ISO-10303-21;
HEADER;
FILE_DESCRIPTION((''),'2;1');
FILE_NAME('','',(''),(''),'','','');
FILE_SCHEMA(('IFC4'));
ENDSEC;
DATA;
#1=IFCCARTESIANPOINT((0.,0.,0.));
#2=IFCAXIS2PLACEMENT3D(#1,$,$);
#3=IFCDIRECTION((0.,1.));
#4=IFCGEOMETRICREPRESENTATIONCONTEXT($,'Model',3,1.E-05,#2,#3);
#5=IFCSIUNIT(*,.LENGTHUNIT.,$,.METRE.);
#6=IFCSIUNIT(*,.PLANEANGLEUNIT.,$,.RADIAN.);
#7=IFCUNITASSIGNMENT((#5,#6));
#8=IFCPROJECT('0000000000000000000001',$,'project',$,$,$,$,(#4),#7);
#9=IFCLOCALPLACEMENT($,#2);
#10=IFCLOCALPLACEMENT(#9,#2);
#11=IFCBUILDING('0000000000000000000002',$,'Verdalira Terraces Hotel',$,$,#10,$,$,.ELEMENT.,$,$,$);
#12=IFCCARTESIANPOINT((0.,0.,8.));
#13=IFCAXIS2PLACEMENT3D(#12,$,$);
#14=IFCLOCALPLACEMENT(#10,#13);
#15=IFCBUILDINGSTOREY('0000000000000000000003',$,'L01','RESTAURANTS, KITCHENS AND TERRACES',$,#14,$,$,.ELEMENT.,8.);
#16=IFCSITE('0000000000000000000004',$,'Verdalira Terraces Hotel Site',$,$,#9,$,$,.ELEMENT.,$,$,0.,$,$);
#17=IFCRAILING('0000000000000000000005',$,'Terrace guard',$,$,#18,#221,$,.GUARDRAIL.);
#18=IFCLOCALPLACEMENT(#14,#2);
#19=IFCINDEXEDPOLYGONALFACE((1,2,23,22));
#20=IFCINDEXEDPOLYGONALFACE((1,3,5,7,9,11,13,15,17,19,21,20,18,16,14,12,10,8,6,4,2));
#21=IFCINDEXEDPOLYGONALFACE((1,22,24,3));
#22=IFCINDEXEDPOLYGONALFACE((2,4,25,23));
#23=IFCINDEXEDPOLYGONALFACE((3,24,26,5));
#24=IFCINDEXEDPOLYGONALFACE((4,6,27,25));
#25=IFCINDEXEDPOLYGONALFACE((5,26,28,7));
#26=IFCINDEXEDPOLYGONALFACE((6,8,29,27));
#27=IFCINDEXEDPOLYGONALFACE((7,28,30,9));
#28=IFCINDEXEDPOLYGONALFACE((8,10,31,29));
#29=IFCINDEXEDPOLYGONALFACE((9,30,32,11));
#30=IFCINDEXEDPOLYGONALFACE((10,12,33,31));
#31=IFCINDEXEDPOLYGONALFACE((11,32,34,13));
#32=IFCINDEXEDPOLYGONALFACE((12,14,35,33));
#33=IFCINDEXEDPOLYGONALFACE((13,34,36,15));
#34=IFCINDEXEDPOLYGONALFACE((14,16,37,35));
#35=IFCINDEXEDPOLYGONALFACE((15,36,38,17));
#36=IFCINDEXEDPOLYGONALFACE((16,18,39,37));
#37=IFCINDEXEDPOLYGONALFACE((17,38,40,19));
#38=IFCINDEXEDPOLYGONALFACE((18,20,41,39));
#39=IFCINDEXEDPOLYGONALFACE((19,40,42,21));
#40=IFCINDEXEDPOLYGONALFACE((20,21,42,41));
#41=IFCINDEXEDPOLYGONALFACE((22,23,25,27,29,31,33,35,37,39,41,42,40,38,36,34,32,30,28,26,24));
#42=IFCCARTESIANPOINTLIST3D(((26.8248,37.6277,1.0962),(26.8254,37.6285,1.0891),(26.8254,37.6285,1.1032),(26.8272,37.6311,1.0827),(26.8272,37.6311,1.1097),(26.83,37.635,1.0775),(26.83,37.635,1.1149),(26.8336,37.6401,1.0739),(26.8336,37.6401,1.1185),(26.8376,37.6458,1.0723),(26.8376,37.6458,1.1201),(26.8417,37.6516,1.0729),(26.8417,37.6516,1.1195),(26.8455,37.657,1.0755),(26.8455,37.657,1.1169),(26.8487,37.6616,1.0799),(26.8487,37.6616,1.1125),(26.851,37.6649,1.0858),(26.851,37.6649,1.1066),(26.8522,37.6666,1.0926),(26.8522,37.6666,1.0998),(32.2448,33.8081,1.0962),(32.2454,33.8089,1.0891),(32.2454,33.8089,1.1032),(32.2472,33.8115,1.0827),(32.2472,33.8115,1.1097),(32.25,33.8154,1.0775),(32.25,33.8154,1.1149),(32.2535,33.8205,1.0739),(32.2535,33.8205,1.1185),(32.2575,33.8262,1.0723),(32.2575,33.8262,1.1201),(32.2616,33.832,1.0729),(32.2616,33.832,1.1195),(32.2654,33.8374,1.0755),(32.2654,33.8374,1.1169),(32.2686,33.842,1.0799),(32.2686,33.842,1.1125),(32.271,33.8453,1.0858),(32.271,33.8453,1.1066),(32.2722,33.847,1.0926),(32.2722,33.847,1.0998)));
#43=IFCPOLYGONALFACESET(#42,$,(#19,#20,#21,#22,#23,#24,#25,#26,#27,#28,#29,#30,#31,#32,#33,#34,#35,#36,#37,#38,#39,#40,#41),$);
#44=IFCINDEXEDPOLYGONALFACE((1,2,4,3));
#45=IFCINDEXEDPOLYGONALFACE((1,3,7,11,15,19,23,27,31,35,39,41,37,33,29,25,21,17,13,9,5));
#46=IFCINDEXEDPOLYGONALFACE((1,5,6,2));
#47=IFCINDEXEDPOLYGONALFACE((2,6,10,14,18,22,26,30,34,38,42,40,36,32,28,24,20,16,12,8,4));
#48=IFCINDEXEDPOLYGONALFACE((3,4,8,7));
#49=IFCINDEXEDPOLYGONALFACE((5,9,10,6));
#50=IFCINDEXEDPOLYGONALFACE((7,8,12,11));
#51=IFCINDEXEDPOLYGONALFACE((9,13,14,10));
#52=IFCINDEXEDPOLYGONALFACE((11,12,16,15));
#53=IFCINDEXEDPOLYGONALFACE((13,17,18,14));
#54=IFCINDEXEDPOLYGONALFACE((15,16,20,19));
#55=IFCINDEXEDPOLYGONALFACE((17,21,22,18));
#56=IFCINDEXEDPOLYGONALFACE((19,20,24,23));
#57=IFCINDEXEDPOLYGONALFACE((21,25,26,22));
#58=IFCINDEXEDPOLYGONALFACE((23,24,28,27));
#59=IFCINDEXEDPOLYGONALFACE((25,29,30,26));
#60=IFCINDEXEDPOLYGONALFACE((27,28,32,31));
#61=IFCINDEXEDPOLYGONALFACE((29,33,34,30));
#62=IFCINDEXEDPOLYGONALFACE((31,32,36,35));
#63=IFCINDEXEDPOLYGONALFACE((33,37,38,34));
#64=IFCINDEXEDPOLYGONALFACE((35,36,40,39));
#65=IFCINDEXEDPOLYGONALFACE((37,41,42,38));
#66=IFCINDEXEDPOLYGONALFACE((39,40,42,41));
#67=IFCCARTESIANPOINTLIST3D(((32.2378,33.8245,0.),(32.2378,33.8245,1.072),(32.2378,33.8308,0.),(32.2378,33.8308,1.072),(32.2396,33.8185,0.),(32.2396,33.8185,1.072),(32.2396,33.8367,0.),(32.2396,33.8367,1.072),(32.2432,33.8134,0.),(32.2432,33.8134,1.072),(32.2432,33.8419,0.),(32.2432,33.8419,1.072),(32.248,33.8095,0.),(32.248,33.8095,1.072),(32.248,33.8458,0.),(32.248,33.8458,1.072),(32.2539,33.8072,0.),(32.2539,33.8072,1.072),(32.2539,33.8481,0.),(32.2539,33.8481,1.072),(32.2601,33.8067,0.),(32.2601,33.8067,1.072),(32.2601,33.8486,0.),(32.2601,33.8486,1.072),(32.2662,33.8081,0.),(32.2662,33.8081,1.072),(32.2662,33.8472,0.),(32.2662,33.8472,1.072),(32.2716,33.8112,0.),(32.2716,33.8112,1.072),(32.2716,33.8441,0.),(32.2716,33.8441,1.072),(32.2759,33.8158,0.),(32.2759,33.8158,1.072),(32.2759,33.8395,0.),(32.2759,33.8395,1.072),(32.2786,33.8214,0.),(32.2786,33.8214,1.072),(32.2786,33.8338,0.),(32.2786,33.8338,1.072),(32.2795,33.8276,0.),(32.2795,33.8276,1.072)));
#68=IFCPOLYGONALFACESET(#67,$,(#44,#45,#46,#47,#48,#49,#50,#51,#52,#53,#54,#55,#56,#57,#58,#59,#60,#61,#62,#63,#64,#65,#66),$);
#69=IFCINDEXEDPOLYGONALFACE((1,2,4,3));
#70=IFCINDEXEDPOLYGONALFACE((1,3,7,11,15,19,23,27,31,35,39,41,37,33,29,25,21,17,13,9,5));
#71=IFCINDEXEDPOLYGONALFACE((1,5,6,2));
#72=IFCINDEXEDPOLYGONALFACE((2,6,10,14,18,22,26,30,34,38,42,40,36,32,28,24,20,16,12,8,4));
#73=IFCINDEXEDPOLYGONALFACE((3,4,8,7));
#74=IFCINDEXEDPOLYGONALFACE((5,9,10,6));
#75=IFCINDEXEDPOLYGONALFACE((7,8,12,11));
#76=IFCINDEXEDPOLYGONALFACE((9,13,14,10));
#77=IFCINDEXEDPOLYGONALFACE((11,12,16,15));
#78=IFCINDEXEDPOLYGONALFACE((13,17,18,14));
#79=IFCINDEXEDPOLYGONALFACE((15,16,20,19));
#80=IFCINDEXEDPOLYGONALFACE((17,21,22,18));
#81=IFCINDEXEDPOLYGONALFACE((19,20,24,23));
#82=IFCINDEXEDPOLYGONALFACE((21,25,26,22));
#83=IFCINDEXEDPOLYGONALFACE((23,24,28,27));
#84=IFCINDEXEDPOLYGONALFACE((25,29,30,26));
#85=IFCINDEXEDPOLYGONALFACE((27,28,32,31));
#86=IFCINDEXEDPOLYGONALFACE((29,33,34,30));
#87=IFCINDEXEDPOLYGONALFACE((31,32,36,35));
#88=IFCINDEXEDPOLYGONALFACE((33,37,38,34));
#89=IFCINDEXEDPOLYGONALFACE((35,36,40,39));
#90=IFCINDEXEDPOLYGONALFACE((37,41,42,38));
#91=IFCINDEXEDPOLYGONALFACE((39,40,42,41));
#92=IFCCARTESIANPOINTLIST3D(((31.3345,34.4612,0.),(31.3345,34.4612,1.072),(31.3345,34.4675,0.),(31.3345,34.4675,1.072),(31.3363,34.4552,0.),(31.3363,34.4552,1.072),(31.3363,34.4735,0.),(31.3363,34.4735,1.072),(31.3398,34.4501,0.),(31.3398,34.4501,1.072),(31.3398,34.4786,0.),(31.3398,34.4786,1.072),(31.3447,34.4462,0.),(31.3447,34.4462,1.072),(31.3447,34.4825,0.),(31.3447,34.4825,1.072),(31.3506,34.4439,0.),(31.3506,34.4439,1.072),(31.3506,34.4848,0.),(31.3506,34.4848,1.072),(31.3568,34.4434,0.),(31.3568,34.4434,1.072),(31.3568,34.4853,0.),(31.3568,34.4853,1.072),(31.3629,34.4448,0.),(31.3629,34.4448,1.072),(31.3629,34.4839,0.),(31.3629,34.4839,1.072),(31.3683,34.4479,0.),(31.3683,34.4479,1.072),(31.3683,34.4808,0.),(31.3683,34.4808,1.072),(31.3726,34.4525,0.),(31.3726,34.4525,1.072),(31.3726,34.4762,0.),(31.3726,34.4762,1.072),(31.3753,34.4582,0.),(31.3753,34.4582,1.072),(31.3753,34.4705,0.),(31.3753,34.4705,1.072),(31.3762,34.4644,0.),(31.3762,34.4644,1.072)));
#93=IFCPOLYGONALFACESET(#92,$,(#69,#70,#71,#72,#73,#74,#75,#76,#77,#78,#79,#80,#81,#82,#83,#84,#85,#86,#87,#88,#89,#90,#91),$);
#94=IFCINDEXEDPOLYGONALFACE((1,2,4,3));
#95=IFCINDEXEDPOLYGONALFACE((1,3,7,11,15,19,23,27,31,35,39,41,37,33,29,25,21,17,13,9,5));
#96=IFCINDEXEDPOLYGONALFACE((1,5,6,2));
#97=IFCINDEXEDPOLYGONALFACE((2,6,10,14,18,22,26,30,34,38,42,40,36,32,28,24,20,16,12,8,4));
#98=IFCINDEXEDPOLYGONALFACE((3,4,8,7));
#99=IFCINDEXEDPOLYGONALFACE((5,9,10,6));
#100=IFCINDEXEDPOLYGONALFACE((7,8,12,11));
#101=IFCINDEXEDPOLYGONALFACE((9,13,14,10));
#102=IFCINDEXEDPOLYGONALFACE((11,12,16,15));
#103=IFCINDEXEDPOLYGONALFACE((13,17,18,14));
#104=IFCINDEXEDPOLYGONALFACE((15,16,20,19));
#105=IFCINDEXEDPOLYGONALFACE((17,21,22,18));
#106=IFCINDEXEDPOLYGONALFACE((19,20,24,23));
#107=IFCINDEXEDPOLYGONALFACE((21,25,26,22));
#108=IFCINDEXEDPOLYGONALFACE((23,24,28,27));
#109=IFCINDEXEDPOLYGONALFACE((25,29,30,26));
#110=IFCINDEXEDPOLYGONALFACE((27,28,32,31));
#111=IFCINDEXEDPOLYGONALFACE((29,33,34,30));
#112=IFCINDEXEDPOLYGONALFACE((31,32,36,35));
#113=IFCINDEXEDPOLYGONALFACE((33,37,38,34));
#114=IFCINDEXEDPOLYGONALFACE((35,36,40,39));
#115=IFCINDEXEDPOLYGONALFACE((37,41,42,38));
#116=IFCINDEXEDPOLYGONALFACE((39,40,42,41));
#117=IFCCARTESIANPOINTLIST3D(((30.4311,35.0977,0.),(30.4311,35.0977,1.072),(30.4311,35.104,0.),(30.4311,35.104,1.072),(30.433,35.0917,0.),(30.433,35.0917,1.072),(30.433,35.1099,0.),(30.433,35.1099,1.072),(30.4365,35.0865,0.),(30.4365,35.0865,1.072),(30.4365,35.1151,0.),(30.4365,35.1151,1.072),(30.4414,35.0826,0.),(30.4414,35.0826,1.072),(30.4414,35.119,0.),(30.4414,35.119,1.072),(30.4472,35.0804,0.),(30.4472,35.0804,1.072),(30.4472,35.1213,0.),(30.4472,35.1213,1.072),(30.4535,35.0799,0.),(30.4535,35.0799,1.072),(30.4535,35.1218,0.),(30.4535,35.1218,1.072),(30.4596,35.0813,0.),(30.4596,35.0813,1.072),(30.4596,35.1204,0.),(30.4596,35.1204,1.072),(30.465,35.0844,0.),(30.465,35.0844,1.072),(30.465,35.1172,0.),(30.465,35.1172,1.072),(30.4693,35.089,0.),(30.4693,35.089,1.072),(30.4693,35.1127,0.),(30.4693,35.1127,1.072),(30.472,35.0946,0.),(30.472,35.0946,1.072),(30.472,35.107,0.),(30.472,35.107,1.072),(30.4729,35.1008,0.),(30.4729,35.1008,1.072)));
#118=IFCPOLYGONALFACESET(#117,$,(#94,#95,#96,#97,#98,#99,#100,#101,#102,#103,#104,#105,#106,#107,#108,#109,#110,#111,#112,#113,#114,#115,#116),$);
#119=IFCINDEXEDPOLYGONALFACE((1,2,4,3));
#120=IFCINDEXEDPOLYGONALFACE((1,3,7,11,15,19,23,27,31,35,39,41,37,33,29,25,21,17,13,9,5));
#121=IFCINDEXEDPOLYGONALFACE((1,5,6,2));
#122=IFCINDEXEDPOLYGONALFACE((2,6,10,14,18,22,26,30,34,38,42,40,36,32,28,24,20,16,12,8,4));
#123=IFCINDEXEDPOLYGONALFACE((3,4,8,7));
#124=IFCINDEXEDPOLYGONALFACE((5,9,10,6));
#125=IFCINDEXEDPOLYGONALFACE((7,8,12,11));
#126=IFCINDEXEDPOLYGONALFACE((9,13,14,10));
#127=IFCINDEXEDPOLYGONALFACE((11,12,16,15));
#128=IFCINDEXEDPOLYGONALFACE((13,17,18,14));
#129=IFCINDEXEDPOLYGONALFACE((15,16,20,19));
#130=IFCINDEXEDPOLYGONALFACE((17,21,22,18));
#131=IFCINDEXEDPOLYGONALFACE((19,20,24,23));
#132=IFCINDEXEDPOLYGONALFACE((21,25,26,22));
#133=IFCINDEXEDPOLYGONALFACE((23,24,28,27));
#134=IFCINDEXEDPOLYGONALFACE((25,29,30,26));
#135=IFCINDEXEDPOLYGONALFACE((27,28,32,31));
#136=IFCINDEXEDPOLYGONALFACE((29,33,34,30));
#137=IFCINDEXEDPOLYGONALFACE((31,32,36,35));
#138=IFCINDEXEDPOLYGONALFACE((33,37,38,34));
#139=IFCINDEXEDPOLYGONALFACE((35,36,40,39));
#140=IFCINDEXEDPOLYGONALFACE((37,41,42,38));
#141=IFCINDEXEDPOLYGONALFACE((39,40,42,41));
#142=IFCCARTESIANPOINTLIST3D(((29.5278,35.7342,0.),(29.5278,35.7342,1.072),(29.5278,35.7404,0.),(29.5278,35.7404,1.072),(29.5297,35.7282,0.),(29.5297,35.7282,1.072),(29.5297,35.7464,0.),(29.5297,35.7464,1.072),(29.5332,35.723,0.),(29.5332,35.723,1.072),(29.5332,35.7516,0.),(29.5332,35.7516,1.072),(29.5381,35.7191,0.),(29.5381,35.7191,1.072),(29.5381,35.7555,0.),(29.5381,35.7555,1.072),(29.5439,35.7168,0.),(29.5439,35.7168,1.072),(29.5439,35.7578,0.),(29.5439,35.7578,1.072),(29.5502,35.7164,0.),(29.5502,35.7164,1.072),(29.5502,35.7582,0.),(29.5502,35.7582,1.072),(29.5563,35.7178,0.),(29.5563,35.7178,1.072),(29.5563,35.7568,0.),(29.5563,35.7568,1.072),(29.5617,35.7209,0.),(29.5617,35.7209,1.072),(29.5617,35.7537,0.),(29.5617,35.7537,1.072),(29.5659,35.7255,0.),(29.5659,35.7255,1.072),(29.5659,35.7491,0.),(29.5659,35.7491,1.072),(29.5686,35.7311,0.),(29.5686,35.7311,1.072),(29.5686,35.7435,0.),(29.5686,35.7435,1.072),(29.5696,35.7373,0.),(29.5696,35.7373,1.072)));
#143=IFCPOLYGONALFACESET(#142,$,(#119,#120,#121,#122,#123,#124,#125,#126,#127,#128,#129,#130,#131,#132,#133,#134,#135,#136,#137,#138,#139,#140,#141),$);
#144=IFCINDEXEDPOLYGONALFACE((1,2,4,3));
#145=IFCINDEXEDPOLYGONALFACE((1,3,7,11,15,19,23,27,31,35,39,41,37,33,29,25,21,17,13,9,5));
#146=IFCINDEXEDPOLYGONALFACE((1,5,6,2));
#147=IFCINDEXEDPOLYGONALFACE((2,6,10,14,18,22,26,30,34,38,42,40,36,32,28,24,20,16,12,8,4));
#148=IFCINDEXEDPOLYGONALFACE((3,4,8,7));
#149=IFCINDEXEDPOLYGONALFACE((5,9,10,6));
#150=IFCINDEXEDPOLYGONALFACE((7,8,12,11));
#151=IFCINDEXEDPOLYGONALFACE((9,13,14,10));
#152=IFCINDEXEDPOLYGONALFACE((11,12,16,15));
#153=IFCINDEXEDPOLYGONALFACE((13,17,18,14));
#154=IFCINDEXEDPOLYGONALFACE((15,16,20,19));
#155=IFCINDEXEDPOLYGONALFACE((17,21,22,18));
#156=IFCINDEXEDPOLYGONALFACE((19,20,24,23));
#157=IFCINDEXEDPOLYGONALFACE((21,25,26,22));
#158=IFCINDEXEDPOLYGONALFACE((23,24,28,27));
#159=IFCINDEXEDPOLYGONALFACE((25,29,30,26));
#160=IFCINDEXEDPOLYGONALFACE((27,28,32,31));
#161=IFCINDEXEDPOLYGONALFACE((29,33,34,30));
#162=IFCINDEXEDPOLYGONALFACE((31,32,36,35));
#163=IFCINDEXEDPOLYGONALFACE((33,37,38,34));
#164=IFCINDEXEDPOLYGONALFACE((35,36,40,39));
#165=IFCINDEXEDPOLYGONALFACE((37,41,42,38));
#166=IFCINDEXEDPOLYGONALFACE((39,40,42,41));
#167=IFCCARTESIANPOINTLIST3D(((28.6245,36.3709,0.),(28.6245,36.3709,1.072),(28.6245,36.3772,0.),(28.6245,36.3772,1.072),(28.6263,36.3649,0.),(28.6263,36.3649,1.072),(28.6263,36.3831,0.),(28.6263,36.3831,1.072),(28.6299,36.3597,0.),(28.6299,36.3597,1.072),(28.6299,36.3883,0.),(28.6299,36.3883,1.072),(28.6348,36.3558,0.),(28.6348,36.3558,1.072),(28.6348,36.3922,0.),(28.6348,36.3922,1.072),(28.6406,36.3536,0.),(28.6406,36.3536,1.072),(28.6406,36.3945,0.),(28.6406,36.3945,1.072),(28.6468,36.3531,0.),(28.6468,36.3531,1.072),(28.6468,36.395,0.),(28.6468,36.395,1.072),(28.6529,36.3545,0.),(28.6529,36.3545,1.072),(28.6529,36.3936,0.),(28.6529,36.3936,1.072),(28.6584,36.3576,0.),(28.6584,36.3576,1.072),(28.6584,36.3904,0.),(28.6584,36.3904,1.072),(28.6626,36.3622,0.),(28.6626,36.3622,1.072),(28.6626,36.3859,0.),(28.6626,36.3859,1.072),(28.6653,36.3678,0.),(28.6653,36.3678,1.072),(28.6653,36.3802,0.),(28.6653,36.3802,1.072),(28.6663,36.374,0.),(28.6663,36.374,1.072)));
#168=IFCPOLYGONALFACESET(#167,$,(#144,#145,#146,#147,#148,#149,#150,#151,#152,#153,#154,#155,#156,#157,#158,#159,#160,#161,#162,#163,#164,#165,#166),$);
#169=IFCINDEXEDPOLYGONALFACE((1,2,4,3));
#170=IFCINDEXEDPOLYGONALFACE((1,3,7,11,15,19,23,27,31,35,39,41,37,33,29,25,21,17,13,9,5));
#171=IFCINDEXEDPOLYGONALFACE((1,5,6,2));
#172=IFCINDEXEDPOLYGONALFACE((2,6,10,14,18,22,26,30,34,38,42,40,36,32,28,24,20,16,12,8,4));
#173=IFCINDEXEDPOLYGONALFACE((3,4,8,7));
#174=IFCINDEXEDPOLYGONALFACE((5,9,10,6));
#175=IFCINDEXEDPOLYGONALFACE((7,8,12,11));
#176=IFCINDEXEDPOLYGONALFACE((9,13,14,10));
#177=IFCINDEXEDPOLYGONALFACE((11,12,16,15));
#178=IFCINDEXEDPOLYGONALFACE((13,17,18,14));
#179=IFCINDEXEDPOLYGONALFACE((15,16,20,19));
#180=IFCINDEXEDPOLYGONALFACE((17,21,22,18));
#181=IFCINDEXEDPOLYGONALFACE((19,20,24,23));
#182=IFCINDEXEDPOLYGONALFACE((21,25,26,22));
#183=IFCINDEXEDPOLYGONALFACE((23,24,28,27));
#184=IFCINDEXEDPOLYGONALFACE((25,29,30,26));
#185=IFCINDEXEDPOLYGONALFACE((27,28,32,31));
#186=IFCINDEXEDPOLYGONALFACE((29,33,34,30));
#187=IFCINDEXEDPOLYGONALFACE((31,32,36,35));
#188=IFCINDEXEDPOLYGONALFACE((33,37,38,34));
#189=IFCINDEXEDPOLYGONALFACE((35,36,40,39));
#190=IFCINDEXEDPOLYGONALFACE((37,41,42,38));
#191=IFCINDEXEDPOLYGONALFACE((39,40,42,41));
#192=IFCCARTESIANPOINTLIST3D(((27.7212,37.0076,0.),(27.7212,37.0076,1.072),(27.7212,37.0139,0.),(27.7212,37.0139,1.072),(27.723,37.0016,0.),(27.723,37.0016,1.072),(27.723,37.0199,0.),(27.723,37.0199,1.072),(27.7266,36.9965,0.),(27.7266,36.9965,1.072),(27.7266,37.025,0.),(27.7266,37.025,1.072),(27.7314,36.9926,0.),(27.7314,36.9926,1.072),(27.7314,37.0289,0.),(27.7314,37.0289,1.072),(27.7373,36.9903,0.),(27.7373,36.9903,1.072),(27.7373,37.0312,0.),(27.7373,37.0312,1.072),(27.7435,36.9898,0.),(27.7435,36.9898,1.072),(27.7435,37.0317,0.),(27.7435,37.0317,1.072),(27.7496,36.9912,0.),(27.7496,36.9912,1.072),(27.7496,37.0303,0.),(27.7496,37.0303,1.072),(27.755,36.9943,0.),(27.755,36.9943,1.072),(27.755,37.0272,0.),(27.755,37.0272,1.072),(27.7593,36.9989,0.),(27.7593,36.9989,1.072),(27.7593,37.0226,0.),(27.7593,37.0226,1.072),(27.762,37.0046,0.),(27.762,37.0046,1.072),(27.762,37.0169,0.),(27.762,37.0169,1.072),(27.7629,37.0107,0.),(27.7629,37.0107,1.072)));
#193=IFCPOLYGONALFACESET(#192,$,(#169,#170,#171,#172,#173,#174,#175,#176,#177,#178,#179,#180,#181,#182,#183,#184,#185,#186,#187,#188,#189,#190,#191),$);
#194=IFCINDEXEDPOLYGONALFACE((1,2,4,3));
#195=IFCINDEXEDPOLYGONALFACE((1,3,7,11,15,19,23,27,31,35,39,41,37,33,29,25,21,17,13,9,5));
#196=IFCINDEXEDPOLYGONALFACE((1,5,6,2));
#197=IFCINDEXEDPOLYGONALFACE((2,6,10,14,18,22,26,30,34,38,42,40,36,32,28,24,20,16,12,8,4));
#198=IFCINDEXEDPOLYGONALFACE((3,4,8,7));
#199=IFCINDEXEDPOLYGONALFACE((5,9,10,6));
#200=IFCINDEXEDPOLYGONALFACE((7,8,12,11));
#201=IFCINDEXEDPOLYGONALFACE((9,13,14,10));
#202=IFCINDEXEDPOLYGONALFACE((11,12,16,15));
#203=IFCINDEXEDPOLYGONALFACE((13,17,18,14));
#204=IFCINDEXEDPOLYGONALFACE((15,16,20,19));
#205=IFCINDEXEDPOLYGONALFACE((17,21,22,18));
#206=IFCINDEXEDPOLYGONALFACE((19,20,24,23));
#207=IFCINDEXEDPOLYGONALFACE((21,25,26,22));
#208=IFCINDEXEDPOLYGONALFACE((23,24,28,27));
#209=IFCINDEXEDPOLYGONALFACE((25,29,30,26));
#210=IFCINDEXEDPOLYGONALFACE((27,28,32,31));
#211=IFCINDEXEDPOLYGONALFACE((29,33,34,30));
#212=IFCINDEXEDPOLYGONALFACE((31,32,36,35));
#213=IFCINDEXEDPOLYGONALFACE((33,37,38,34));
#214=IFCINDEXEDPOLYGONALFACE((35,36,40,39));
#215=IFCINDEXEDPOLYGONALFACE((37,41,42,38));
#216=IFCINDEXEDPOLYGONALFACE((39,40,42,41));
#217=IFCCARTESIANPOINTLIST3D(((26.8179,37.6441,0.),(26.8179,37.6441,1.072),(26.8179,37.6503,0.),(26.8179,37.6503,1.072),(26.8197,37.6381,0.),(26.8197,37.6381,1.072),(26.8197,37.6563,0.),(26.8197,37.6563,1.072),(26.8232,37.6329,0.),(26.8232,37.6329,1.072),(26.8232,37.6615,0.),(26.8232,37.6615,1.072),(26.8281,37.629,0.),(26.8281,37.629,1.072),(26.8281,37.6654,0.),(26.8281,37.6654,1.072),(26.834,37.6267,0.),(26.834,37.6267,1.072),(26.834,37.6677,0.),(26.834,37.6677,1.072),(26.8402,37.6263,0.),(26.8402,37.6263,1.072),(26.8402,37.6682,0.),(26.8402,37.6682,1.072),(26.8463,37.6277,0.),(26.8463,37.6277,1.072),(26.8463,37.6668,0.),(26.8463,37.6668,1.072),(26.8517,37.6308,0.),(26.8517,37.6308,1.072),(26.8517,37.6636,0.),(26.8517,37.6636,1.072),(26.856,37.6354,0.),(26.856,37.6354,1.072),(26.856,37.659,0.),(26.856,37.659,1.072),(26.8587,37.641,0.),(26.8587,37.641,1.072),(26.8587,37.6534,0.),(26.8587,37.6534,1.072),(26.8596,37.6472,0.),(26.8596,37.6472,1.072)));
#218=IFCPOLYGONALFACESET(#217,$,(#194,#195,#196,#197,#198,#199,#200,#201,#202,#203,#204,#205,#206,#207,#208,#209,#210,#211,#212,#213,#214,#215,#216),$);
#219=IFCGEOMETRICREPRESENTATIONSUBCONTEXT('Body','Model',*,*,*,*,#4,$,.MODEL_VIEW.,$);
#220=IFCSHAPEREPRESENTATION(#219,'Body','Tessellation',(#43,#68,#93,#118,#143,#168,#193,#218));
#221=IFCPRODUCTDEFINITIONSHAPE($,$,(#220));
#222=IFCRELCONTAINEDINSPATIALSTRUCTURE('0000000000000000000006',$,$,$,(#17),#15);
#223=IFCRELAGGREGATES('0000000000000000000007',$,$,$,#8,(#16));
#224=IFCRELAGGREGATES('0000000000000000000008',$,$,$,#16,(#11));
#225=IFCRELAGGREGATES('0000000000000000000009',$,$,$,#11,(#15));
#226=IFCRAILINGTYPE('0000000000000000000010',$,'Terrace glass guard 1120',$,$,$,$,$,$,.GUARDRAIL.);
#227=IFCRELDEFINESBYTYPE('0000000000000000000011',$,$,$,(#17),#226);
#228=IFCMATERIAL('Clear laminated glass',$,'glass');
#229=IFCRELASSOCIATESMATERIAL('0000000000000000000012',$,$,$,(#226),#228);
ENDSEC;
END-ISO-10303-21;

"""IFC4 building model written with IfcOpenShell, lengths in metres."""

from ifc_helpers import new_model, si_unit, direction, frame, origin, origin_2d, place, context, subcontext, project, spatial, circle, extrude, material, type_object, element, save


model = new_model("IFC4")

# Units and contexts
model_context = context("Model", 3, precision=1e-05, world=origin(), true_north=direction((0.0, 1.0)))
body_context = subcontext(model_context, "Body", "Model", "MODEL_VIEW")
ifc_project = project(units=[si_unit("LENGTHUNIT", "METRE"), si_unit("PLANEANGLEUNIT", "RADIAN")], contexts=[model_context])

# Site, building, storey
site_placement = place(None, origin())
site = spatial("IfcSite", under=ifc_project, at=site_placement, Name="Verdalira Terraces Hotel Site", CompositionType="ELEMENT", RefElevation=0.0)
building_placement = place(site_placement, origin())
building = spatial("IfcBuilding", under=site, at=building_placement, Name="Verdalira Terraces Hotel", CompositionType="ELEMENT")
storey_placement = place(building_placement, frame((0.0, 0.0, 8.0)))
storey = spatial("IfcBuildingStorey", under=building, at=storey_placement, Name="L01", Description="RESTAURANTS, KITCHENS AND TERRACES", CompositionType="ELEMENT", Elevation=8.0)

# Railing
ifc_material_1 = material(Name="Clear laminated glass", Category="glass")
railing_type = type_object("IfcRailingType", Name="Terrace glass guard 1120", PredefinedType="GUARDRAIL", material=ifc_material_1)
railing_placement = place(storey_placement, frame((32.2585, 33.8276, 0.0)))
element("IfcRailing", 1, at=railing_placement, inside=storey, type_object=railing_type, Name="Terrace guard", PredefinedType="GUARDRAIL", context=body_context, shape_type="SweptSolid", body=[
    extrude(circle(Radius=0.0239, at=origin_2d()), frame((0.0, 0.0, 1.0962), z_axis=(-0.817412, 0.576054, 0.0), x_axis=(-0.576054, -0.817412, 0.0)), (0.0, 0.0, 1.0), 6.6306),
    extrude(circle(Radius=0.021, at=origin_2d()), origin(), (0.0, 0.0, 1.0), 1.072),
    extrude(circle(Radius=0.021, at=origin_2d()), frame((-0.9033, 0.6367, 0.0)), (0.0, 0.0, 1.0), 1.072),
    extrude(circle(Radius=0.021, at=origin_2d()), frame((-1.8066, 1.2732, 0.0)), (0.0, 0.0, 1.0), 1.072),
    extrude(circle(Radius=0.021, at=origin_2d()), frame((-2.71, 1.9097, 0.0)), (0.0, 0.0, 1.0), 1.072),
    extrude(circle(Radius=0.021, at=origin_2d()), frame((-3.6133, 2.5464, 0.0)), (0.0, 0.0, 1.0), 1.072),
    extrude(circle(Radius=0.021, at=origin_2d()), frame((-4.5166, 3.1831, 0.0)), (0.0, 0.0, 1.0), 1.072),
    extrude(circle(Radius=0.021, at=origin_2d()), frame((-5.4199, 3.8196, 0.0)), (0.0, 0.0, 1.0), 1.072),
])

save(model, "model.ifc")
